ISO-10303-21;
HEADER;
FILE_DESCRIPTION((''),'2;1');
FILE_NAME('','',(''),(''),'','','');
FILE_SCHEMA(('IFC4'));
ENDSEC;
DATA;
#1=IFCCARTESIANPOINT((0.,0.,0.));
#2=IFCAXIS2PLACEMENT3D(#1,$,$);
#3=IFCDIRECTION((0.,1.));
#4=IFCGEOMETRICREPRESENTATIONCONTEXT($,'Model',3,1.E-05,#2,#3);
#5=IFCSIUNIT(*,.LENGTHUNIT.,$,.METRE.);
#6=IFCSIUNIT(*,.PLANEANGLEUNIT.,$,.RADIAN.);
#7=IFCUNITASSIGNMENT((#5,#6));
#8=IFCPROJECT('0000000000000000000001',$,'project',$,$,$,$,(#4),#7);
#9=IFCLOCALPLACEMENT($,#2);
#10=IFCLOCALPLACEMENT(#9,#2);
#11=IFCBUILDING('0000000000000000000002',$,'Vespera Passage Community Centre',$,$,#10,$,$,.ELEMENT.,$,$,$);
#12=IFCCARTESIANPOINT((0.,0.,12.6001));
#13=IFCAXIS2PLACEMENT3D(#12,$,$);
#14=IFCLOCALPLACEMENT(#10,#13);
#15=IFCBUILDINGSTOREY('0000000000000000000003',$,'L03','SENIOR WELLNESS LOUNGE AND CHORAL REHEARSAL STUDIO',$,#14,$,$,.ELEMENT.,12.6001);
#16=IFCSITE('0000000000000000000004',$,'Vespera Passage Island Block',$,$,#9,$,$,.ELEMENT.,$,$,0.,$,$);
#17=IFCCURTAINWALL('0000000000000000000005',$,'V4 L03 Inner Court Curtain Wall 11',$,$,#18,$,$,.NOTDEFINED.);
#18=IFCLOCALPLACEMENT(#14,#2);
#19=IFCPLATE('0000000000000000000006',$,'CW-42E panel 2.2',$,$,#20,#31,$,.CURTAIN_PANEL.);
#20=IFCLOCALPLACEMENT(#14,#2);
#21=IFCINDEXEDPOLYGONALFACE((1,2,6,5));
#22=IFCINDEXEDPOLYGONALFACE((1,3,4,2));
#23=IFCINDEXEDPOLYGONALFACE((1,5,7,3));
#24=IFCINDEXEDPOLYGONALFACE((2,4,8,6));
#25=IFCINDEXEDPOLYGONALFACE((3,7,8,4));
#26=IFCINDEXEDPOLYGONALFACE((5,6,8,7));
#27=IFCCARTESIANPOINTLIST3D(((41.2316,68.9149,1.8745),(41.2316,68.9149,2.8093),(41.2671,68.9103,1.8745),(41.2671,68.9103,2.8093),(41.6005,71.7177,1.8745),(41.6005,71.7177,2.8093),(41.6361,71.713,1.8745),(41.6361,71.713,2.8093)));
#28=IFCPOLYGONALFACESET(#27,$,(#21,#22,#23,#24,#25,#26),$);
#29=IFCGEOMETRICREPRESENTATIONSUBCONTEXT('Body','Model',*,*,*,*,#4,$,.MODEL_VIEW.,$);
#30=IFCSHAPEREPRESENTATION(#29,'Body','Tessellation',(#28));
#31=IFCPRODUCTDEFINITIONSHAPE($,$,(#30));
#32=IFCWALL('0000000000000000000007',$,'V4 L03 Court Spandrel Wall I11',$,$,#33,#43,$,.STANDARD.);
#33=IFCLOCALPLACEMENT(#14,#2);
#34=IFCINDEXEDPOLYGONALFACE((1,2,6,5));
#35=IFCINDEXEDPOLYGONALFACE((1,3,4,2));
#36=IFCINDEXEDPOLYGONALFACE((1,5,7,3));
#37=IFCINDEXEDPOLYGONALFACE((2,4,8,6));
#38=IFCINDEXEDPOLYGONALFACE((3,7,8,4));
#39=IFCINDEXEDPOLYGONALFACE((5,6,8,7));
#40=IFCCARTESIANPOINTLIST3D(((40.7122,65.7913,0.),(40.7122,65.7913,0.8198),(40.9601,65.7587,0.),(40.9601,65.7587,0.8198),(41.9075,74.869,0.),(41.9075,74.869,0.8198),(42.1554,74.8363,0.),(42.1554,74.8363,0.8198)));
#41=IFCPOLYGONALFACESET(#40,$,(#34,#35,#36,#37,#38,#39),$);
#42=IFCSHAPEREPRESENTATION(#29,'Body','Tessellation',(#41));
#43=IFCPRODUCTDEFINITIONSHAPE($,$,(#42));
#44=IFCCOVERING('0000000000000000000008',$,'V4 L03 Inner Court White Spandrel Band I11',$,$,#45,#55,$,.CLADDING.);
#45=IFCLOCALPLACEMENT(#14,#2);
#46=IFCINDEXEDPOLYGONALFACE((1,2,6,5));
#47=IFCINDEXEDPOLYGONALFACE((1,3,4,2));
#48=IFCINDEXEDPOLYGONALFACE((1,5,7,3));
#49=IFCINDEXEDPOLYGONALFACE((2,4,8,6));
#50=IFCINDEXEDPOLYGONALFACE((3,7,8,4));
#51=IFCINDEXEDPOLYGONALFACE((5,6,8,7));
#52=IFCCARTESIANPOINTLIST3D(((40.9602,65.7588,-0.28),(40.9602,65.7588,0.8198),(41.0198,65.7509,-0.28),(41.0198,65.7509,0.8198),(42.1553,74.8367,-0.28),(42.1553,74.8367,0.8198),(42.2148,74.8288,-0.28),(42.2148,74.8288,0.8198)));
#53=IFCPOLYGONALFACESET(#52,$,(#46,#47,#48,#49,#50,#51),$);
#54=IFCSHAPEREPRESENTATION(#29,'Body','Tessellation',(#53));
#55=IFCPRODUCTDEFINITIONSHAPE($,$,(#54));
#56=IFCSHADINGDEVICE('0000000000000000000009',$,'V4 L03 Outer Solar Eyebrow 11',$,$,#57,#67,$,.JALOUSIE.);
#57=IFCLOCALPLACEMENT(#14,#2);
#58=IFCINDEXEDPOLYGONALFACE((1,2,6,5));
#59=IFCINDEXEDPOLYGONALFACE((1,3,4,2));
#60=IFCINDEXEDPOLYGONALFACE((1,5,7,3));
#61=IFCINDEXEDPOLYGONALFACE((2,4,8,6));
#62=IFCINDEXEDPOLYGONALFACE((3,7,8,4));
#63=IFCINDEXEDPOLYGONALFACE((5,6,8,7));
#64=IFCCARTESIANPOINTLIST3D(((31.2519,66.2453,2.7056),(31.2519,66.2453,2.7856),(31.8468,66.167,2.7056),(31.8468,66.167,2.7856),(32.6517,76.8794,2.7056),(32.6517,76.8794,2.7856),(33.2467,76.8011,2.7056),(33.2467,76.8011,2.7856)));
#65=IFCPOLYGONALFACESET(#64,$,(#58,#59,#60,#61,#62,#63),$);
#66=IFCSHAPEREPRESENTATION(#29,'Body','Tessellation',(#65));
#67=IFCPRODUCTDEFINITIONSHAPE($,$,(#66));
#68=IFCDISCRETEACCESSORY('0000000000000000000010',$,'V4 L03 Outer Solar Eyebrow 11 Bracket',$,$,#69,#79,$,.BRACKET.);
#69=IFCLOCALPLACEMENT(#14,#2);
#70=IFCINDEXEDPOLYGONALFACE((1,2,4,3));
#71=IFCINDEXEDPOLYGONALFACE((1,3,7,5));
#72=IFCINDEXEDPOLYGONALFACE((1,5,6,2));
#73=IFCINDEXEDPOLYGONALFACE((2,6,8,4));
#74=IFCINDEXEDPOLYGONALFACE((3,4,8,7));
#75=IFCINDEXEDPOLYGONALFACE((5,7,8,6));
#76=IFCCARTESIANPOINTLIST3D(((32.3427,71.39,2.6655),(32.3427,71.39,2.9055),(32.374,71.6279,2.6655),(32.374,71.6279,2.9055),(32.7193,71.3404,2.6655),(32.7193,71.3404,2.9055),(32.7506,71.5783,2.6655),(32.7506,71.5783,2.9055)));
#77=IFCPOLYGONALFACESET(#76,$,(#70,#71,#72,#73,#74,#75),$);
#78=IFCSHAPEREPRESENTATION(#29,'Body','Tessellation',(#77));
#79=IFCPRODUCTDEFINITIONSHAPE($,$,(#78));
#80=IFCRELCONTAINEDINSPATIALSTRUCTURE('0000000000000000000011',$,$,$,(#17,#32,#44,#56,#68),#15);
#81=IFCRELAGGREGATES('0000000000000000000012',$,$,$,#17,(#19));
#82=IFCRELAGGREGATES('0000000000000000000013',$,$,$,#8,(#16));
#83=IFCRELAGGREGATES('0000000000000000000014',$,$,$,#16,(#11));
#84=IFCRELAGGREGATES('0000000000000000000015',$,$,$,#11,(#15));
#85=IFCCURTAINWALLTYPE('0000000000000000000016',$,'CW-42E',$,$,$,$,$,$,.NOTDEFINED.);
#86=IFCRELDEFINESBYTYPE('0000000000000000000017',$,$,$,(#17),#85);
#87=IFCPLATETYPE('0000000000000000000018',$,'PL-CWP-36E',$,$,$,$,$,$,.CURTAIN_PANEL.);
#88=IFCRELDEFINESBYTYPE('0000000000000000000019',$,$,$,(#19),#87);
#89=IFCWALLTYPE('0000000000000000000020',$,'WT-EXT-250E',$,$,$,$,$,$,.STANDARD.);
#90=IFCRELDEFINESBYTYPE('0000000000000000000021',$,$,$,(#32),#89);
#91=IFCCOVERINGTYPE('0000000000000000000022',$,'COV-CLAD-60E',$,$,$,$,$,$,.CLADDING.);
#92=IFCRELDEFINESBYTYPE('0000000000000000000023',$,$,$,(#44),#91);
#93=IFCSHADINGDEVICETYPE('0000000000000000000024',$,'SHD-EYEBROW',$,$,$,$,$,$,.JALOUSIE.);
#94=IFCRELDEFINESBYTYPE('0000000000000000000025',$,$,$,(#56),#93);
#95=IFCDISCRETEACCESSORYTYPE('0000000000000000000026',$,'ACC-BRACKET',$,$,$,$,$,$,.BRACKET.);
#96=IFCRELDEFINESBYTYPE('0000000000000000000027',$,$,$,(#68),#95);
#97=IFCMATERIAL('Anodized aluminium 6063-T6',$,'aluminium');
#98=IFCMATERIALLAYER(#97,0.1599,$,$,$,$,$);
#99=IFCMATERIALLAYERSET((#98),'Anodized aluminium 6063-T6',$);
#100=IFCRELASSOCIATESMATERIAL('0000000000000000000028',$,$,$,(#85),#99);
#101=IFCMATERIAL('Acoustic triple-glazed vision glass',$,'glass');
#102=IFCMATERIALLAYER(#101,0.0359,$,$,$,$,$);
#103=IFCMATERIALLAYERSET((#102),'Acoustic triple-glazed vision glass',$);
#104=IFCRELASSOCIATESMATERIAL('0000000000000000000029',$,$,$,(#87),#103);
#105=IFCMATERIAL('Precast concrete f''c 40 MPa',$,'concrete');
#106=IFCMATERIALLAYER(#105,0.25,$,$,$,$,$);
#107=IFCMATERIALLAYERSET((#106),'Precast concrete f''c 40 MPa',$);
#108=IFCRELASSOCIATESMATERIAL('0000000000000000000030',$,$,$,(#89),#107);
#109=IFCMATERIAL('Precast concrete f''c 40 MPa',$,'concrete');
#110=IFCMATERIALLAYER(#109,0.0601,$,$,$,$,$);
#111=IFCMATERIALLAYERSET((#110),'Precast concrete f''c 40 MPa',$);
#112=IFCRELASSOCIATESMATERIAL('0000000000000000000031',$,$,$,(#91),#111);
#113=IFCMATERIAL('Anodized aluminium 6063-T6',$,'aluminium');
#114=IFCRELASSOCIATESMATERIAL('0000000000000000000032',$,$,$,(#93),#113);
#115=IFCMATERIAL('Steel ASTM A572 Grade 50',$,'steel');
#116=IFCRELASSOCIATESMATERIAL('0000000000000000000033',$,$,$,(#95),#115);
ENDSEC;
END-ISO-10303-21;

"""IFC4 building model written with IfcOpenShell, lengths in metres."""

from ifc_helpers import new_model, si_unit, direction, frame, frame_2d, origin, origin_2d, place, context, subcontext, project, spatial, rectangle, extrude, material, layer, layer_set, type_object, element, aggregate, save


model = new_model("IFC4")

# Units and contexts
model_context = context("Model", 3, precision=1e-05, world=origin(), true_north=direction((0.0, 1.0)))
body_context = subcontext(model_context, "Body", "Model", "MODEL_VIEW")
ifc_project = project(units=[si_unit("LENGTHUNIT", "METRE"), si_unit("PLANEANGLEUNIT", "RADIAN")], contexts=[model_context])

# Site, building, storey
site_placement = place(None, origin())
site = spatial("IfcSite", under=ifc_project, at=site_placement, Name="Vespera Passage Island Block", CompositionType="ELEMENT", RefElevation=0.0)
building_placement = place(site_placement, origin())
building = spatial("IfcBuilding", under=site, at=building_placement, Name="Vespera Passage Community Centre", CompositionType="ELEMENT")
storey_placement = place(building_placement, frame((0.0, 0.0, 12.6001)))
storey = spatial("IfcBuildingStorey", under=building, at=storey_placement, Name="L03", Description="SENIOR WELLNESS LOUNGE AND CHORAL REHEARSAL STUDIO", CompositionType="ELEMENT", Elevation=12.6001)

# Curtain wall
ifc_material_1 = material(Name="Anodized aluminium 6063-T6", Category="aluminium")
ifc_layer_1 = layer(ifc_material_1, 0.1599)
ifc_layer_set_1 = layer_set([ifc_layer_1], Name="Anodized aluminium 6063-T6")
curtain_wall_type_1 = type_object("IfcCurtainWallType", Name="CW-42E", PredefinedType="NOTDEFINED", material=ifc_layer_set_1)
curtain_wall_1_placement = place(storey_placement, origin())
curtain_wall_1 = element("IfcCurtainWall", 1, at=curtain_wall_1_placement, inside=storey, type_object=curtain_wall_type_1, Name="V4 L03 Inner Court Curtain Wall 11", PredefinedType="NOTDEFINED")

# Plate
ifc_material_2 = material(Name="Acoustic triple-glazed vision glass", Category="glass")
ifc_layer_2 = layer(ifc_material_2, 0.0359)
ifc_layer_set_2 = layer_set([ifc_layer_2], Name="Acoustic triple-glazed vision glass")
plate_type = type_object("IfcPlateType", Name="PL-CWP-36E", PredefinedType="CURTAIN_PANEL", material=ifc_layer_set_2)
plate_1_placement = place(storey_placement, frame((41.4338, 70.314, 1.8745), z_axis=(0.0, 0.0, 1.0), x_axis=(-0.130522, -0.991445, 0.0)))
plate_1 = element("IfcPlate", 2, at=plate_1_placement, type_object=plate_type, Name="CW-42E panel 2.2", PredefinedType="CURTAIN_PANEL", context=body_context, shape_type="SweptSolid", body=[
    extrude(rectangle(XDim=2.8269, YDim=0.0359, at=origin_2d()), origin(), (0.0, 0.0, 1.0), 0.9348),
])
aggregate(curtain_wall_1, [plate_1])

# Wall
ifc_material_3 = material(Name="Precast concrete f'c 40 MPa", Category="concrete")
ifc_layer_3 = layer(ifc_material_3, 0.25)
ifc_layer_set_3 = layer_set([ifc_layer_3], Name="Precast concrete f'c 40 MPa")
wall_type = type_object("IfcWallType", Name="WT-EXT-250E", PredefinedType="STANDARD", material=ifc_layer_set_3)
wall_placement = place(storey_placement, frame((42.0315, 74.8528, 0.0), z_axis=(0.0, 0.0, 1.0), x_axis=(-0.13055, -0.991442, 0.0)))
element("IfcWall", 3, at=wall_placement, inside=storey, type_object=wall_type, Name="V4 L03 Court Spandrel Wall I11", PredefinedType="STANDARD", context=body_context, shape_type="SweptSolid", body=[
    extrude(rectangle(XDim=9.156, YDim=0.25, at=frame_2d((4.5781, 0.0))), origin(), (0.0, 0.0, 1.0), 0.8198),
])

# Covering
ifc_material_4 = material(Name="Precast concrete f'c 40 MPa", Category="concrete")
ifc_layer_4 = layer(ifc_material_4, 0.0601)
ifc_layer_set_4 = layer_set([ifc_layer_4], Name="Precast concrete f'c 40 MPa")
covering_type = type_object("IfcCoveringType", Name="COV-CLAD-60E", PredefinedType="CLADDING", material=ifc_layer_set_4)
covering_placement = place(storey_placement, frame((42.1851, 74.8328, -0.28), z_axis=(0.0, 0.0, 1.0), x_axis=(-0.13052, -0.991446, 0.0)))
element("IfcCovering", 4, at=covering_placement, inside=storey, type_object=covering_type, Name="V4 L03 Inner Court White Spandrel Band I11", PredefinedType="CLADDING", context=body_context, shape_type="SweptSolid", body=[
    extrude(rectangle(XDim=9.1562, YDim=0.0601, at=frame_2d((4.5781, 0.0))), origin(), (0.0, 0.0, 1.0), 1.0999),
])

# Shading device
ifc_material_5 = material(Name="Anodized aluminium 6063-T6", Category="aluminium")
shading_device_type = type_object("IfcShadingDeviceType", Name="SHD-EYEBROW", PredefinedType="JALOUSIE", material=ifc_material_5)
shading_device_placement = place(storey_placement, frame((32.2493, 71.5232, 2.7056), z_axis=(0.0, 0.0, 1.0), x_axis=(0.130509, 0.991447, 0.0)))
element("IfcShadingDevice", 5, at=shading_device_placement, inside=storey, type_object=shading_device_type, Name="V4 L03 Outer Solar Eyebrow 11", PredefinedType="JALOUSIE", context=body_context, shape_type="SweptSolid", body=[
    extrude(rectangle(XDim=10.7258, YDim=0.6001, at=origin_2d()), origin(), (0.0, 0.0, 1.0), 0.0801),
])

# Discrete accessory
ifc_material_6 = material(Name="Steel ASTM A572 Grade 50", Category="steel")
discrete_accessory_type = type_object("IfcDiscreteAccessoryType", Name="ACC-BRACKET", PredefinedType="BRACKET", material=ifc_material_6)
discrete_accessory_placement = place(storey_placement, frame((32.5466, 71.4841, 2.6655), z_axis=(0.0, 0.0, 1.0), x_axis=(0.130509, 0.991447, 0.0)))
element("IfcDiscreteAccessory", 6, at=discrete_accessory_placement, inside=storey, type_object=discrete_accessory_type, Name="V4 L03 Outer Solar Eyebrow 11 Bracket", PredefinedType="BRACKET", context=body_context, shape_type="SweptSolid", body=[
    extrude(rectangle(XDim=0.24, YDim=0.3799, at=origin_2d()), origin(), (0.0, 0.0, 1.0), 0.24),
])

save(model, "model.ifc")
